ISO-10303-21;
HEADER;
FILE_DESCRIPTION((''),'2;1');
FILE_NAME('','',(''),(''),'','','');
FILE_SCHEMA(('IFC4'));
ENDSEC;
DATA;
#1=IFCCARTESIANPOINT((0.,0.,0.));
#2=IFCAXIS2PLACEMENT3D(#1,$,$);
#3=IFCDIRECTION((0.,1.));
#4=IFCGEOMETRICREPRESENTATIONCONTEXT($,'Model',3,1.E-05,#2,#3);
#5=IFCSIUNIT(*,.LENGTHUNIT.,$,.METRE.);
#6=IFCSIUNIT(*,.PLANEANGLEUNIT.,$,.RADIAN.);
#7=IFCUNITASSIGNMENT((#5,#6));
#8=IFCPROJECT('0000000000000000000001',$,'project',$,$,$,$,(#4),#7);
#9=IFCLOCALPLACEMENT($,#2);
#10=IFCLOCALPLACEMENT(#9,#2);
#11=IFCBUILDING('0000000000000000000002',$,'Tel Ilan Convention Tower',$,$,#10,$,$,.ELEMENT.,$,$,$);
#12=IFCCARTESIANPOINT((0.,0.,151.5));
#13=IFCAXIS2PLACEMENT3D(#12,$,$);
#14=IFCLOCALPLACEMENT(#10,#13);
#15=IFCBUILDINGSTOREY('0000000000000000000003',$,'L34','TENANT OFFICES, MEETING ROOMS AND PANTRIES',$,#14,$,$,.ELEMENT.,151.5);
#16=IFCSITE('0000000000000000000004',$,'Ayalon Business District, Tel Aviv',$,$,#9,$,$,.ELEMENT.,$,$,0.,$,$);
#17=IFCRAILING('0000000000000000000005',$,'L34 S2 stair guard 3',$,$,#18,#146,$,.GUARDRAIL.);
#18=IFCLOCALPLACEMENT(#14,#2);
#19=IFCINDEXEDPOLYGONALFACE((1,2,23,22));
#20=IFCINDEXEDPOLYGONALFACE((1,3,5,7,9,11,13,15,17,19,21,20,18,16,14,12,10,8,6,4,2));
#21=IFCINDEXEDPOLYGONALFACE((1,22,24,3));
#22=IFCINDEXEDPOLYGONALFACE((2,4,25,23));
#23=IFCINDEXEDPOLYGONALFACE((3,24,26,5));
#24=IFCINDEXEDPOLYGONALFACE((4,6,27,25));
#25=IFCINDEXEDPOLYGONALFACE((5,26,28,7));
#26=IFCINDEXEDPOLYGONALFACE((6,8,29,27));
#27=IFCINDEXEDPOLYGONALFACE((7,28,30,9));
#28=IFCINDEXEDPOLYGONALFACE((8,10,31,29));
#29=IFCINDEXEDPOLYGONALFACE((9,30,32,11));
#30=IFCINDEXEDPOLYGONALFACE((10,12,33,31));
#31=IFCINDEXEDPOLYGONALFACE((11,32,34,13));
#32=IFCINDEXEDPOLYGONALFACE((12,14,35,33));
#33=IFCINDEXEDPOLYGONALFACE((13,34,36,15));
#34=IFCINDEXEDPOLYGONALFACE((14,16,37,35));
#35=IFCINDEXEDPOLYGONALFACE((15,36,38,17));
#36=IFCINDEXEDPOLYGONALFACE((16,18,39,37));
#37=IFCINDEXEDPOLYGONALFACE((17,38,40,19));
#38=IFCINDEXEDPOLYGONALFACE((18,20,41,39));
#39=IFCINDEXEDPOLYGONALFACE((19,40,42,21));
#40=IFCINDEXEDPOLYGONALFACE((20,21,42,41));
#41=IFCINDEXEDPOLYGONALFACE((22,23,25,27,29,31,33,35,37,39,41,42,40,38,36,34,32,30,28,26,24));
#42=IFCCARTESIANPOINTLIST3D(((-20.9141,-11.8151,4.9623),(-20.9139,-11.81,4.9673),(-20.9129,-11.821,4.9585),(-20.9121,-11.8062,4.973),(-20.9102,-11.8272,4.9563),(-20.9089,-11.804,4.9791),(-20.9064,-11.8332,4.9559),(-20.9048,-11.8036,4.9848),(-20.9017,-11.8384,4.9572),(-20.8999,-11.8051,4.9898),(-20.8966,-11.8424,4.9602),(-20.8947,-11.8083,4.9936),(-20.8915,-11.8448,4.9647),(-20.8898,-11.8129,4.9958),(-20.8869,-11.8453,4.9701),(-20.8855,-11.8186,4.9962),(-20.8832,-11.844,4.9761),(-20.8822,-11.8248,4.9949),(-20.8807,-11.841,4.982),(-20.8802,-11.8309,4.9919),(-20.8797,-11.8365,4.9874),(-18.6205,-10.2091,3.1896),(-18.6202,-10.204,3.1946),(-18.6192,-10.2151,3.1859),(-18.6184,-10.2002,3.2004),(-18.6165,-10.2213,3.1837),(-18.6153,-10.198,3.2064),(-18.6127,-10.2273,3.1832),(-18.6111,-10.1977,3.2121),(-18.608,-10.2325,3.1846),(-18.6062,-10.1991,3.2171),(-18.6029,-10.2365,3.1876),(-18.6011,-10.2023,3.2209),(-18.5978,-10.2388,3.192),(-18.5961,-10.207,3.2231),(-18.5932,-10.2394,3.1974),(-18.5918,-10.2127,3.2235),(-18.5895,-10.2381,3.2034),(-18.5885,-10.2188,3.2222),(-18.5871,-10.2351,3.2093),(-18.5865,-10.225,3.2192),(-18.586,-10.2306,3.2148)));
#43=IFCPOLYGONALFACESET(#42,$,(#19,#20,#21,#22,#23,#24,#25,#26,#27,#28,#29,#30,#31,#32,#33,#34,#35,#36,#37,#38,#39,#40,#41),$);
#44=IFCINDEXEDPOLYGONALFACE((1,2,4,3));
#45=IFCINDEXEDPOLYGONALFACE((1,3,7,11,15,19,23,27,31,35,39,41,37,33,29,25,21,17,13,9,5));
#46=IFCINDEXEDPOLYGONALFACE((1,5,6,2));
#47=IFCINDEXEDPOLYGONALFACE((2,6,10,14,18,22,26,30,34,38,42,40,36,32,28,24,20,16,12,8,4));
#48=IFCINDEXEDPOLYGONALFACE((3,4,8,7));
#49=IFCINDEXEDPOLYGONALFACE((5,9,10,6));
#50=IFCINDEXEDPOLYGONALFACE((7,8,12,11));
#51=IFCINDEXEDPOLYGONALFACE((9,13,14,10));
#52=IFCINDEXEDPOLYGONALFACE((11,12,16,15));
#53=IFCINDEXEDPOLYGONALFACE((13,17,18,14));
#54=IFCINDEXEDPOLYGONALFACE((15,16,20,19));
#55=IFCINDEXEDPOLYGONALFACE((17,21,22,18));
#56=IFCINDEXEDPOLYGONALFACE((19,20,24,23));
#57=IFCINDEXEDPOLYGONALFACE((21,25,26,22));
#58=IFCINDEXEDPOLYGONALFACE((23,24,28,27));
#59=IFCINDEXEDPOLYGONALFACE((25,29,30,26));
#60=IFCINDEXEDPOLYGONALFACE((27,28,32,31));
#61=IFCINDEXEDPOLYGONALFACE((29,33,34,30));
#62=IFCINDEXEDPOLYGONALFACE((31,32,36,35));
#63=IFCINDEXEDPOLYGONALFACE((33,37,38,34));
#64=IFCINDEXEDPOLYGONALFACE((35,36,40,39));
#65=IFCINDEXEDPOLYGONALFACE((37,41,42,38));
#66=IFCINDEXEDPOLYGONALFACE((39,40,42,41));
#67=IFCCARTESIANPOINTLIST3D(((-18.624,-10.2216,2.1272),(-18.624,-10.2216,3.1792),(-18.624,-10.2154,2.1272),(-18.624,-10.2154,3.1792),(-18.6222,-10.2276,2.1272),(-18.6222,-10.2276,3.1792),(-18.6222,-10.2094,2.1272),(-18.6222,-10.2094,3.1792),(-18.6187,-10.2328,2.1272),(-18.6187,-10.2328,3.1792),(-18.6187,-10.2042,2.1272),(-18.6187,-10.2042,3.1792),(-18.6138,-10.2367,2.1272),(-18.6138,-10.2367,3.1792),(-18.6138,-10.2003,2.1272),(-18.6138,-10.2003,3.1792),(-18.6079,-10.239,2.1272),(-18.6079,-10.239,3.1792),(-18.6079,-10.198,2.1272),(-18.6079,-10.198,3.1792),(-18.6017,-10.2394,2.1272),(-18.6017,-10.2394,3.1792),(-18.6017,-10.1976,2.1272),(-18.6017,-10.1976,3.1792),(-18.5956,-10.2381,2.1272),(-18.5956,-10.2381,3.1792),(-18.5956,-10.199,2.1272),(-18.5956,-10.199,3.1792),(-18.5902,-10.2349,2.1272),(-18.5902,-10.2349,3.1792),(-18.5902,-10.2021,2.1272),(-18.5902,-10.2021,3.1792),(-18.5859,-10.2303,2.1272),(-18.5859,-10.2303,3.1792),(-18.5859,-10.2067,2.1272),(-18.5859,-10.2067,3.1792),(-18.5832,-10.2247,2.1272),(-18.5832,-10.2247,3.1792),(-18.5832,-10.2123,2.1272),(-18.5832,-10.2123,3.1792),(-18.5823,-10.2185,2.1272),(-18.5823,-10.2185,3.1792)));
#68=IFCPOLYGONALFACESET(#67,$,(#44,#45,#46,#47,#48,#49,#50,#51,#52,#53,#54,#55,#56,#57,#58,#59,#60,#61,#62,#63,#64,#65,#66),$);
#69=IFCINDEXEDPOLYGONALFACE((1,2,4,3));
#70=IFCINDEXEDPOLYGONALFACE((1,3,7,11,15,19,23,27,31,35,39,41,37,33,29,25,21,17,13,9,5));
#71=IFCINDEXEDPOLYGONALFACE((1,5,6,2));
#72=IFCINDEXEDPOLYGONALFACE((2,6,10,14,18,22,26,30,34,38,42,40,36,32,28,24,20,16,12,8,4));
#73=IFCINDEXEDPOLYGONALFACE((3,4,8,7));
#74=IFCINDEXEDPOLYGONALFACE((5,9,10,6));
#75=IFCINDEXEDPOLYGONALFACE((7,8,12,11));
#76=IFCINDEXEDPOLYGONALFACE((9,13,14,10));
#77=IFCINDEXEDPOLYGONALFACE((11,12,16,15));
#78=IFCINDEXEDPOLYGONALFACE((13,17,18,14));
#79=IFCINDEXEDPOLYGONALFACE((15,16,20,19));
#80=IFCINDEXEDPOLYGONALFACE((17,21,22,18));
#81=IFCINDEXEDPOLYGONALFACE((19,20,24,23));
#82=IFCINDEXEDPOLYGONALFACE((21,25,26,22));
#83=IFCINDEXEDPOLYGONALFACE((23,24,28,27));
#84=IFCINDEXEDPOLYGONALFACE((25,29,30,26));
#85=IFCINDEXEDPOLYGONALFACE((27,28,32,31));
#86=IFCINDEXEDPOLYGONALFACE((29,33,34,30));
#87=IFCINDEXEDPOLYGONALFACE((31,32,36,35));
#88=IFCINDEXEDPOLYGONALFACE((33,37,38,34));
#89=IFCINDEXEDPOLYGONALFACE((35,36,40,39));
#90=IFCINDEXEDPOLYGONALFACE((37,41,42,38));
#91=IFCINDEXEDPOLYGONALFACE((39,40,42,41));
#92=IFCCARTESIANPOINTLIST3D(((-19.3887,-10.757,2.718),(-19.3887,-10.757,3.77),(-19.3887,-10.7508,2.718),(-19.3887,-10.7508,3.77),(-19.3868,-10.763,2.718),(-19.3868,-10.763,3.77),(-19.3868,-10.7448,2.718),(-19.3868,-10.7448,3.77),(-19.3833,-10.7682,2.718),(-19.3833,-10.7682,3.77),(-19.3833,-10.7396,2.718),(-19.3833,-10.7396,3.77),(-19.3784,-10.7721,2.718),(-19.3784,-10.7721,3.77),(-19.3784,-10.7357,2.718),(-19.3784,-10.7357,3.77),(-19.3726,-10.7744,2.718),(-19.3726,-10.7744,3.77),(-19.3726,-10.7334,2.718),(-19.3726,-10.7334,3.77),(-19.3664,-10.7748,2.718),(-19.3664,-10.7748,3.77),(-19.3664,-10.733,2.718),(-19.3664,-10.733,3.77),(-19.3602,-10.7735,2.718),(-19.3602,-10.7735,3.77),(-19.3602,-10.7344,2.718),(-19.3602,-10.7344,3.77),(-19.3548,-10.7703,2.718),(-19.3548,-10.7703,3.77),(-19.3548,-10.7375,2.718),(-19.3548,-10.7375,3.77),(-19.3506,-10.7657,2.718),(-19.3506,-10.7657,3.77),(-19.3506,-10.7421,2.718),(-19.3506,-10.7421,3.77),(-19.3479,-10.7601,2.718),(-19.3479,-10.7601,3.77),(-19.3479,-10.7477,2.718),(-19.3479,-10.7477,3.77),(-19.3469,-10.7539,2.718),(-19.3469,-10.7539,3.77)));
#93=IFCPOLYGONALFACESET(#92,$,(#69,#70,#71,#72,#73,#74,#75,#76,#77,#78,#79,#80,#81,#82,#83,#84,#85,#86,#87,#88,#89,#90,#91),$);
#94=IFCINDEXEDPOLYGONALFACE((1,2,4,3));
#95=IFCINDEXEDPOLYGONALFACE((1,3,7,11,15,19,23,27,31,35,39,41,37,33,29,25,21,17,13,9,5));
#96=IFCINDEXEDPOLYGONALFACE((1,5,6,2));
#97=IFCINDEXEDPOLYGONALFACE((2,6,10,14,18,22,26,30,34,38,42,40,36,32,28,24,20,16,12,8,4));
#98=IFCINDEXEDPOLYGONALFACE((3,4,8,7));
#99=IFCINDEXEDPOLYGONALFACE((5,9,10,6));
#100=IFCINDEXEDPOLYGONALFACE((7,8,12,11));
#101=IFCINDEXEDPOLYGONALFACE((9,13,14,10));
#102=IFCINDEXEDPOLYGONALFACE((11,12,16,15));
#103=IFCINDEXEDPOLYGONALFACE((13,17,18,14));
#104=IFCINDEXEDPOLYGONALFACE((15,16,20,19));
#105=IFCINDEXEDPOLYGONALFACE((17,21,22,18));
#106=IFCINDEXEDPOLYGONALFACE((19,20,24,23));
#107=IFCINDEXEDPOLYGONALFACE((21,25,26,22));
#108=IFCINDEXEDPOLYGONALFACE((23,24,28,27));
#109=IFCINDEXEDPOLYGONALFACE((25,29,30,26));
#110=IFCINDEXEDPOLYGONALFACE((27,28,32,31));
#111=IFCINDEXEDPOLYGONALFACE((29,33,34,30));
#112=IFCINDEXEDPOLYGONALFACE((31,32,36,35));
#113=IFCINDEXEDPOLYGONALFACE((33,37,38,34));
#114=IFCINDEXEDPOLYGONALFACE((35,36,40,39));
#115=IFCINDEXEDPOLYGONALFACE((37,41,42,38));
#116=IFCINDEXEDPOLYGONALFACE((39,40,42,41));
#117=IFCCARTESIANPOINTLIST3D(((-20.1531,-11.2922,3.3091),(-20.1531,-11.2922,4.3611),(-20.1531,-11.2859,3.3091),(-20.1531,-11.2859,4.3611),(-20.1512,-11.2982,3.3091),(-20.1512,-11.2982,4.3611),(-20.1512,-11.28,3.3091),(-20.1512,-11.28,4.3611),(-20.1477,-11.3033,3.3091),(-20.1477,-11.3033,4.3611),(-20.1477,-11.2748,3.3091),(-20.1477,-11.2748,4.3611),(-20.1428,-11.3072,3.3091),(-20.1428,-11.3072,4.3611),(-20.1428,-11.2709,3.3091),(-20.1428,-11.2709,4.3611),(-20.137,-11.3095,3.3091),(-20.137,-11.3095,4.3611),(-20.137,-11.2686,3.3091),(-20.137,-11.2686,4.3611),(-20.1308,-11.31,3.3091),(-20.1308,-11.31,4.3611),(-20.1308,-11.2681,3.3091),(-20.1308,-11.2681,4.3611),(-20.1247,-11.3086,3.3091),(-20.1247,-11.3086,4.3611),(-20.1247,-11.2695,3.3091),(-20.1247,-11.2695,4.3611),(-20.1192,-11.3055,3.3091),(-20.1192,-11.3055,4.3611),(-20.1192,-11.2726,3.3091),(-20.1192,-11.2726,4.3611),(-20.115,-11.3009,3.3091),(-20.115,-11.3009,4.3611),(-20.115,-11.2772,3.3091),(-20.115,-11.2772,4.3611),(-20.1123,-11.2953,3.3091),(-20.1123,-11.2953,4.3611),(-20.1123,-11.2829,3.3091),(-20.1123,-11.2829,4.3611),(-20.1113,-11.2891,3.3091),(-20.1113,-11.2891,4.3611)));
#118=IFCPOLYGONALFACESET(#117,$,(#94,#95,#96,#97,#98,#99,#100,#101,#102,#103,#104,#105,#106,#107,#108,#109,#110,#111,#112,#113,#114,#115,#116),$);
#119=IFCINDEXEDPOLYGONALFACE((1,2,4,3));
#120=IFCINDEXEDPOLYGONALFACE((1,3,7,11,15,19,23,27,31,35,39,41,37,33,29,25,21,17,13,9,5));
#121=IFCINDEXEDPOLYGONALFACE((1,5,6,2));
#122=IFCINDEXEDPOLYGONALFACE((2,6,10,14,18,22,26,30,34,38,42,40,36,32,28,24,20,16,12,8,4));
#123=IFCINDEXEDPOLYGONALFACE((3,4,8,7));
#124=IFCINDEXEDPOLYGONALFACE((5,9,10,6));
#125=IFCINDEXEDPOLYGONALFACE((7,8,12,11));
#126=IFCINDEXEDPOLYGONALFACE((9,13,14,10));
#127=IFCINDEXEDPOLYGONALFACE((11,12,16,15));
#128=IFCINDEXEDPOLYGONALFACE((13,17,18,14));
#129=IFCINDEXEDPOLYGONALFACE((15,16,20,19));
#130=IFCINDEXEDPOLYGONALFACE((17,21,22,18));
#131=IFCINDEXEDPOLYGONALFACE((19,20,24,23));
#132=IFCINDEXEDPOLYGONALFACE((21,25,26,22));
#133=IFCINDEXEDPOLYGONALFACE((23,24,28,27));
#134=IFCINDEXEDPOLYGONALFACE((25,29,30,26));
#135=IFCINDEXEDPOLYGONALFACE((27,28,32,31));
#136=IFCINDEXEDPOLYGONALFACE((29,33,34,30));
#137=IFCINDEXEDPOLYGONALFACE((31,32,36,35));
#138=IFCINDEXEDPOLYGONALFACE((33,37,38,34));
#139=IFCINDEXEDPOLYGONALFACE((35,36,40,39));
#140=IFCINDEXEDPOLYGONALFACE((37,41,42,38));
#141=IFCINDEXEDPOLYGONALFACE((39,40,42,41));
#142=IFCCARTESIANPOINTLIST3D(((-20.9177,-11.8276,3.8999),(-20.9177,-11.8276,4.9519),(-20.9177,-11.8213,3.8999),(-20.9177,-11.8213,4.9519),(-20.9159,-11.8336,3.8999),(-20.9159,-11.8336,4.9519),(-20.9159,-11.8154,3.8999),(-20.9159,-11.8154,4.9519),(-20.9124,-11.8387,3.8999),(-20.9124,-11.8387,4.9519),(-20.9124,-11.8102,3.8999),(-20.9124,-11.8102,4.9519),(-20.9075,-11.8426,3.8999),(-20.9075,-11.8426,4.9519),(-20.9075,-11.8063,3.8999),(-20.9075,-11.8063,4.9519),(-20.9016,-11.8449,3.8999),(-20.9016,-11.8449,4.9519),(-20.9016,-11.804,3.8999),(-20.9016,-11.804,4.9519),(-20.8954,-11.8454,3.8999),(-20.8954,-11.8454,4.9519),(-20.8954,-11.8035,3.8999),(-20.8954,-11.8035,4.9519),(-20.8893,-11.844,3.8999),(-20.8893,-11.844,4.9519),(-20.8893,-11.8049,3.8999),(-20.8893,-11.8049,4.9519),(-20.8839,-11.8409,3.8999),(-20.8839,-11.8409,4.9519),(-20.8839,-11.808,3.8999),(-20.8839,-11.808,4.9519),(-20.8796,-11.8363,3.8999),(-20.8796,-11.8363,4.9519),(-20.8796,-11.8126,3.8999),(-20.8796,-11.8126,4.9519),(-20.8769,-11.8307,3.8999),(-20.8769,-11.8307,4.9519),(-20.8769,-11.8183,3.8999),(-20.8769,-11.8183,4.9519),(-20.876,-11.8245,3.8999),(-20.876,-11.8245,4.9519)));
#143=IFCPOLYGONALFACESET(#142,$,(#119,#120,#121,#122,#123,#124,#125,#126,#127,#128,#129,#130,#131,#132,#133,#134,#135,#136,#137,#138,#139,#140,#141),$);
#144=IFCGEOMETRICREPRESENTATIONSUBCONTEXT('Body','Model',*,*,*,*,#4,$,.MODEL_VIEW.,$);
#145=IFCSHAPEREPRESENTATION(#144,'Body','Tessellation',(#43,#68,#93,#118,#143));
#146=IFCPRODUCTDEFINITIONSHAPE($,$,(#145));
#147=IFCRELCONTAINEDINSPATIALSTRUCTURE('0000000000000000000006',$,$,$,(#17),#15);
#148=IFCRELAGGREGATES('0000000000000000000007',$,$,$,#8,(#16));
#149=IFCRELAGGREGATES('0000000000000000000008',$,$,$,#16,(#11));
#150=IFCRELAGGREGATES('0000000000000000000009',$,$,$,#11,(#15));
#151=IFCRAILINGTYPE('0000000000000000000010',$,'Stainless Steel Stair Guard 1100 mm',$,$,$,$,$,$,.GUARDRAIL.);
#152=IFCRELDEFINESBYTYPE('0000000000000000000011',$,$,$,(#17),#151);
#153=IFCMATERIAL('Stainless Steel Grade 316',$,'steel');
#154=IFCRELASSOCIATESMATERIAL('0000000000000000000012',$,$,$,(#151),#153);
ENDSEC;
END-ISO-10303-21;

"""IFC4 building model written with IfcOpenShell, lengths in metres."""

from ifc_helpers import new_model, si_unit, direction, frame, origin, origin_2d, place, context, subcontext, project, spatial, circle, extrude, material, type_object, element, save


model = new_model("IFC4")

# Units and contexts
model_context = context("Model", 3, precision=1e-05, world=origin(), true_north=direction((0.0, 1.0)))
body_context = subcontext(model_context, "Body", "Model", "MODEL_VIEW")
ifc_project = project(units=[si_unit("LENGTHUNIT", "METRE"), si_unit("PLANEANGLEUNIT", "RADIAN")], contexts=[model_context])

# Site, building, storey
site_placement = place(None, origin())
site = spatial("IfcSite", under=ifc_project, at=site_placement, Name="Ayalon Business District, Tel Aviv", CompositionType="ELEMENT", RefElevation=0.0)
building_placement = place(site_placement, origin())
building = spatial("IfcBuilding", under=site, at=building_placement, Name="Tel Ilan Convention Tower", CompositionType="ELEMENT")
storey_placement = place(building_placement, frame((0.0, 0.0, 151.5)))
storey = spatial("IfcBuildingStorey", under=building, at=storey_placement, Name="L34", Description="TENANT OFFICES, MEETING ROOMS AND PANTRIES", CompositionType="ELEMENT", Elevation=151.5)

# Railing
ifc_material_1 = material(Name="Stainless Steel Grade 316", Category="steel")
railing_type_1 = type_object("IfcRailingType", Name="Stainless Steel Stair Guard 1100 mm", PredefinedType="GUARDRAIL", material=ifc_material_1)
railing_1_placement = place(storey_placement, frame((-18.6033, -10.2185, 2.1272)))
element("IfcRailing", 1, at=railing_1_placement, inside=storey, type_object=railing_type_1, Name="L34 S2 stair guard 3", PredefinedType="GUARDRAIL", context=body_context, shape_type="SweptSolid", body=[
    extrude(circle(Radius=0.0239, at=origin_2d()), frame((0.0, 0.0, 1.0762), z_axis=(-0.692123, -0.484597, 0.534913), x_axis=(0.57355, -0.81917, 0.0)), (0.0, 0.0, 1.0), 3.314),
    extrude(circle(Radius=0.021, at=origin_2d()), origin(), (0.0, 0.0, 1.0), 1.052),
    extrude(circle(Radius=0.021, at=origin_2d()), frame((-0.7646, -0.5354, 0.5908)), (0.0, 0.0, 1.0), 1.052),
    extrude(circle(Radius=0.021, at=origin_2d()), frame((-1.5291, -1.0706, 1.1819)), (0.0, 0.0, 1.0), 1.052),
    extrude(circle(Radius=0.021, at=origin_2d()), frame((-2.2937, -1.606, 1.7727)), (0.0, 0.0, 1.0), 1.052),
])

save(model, "model.ifc")
